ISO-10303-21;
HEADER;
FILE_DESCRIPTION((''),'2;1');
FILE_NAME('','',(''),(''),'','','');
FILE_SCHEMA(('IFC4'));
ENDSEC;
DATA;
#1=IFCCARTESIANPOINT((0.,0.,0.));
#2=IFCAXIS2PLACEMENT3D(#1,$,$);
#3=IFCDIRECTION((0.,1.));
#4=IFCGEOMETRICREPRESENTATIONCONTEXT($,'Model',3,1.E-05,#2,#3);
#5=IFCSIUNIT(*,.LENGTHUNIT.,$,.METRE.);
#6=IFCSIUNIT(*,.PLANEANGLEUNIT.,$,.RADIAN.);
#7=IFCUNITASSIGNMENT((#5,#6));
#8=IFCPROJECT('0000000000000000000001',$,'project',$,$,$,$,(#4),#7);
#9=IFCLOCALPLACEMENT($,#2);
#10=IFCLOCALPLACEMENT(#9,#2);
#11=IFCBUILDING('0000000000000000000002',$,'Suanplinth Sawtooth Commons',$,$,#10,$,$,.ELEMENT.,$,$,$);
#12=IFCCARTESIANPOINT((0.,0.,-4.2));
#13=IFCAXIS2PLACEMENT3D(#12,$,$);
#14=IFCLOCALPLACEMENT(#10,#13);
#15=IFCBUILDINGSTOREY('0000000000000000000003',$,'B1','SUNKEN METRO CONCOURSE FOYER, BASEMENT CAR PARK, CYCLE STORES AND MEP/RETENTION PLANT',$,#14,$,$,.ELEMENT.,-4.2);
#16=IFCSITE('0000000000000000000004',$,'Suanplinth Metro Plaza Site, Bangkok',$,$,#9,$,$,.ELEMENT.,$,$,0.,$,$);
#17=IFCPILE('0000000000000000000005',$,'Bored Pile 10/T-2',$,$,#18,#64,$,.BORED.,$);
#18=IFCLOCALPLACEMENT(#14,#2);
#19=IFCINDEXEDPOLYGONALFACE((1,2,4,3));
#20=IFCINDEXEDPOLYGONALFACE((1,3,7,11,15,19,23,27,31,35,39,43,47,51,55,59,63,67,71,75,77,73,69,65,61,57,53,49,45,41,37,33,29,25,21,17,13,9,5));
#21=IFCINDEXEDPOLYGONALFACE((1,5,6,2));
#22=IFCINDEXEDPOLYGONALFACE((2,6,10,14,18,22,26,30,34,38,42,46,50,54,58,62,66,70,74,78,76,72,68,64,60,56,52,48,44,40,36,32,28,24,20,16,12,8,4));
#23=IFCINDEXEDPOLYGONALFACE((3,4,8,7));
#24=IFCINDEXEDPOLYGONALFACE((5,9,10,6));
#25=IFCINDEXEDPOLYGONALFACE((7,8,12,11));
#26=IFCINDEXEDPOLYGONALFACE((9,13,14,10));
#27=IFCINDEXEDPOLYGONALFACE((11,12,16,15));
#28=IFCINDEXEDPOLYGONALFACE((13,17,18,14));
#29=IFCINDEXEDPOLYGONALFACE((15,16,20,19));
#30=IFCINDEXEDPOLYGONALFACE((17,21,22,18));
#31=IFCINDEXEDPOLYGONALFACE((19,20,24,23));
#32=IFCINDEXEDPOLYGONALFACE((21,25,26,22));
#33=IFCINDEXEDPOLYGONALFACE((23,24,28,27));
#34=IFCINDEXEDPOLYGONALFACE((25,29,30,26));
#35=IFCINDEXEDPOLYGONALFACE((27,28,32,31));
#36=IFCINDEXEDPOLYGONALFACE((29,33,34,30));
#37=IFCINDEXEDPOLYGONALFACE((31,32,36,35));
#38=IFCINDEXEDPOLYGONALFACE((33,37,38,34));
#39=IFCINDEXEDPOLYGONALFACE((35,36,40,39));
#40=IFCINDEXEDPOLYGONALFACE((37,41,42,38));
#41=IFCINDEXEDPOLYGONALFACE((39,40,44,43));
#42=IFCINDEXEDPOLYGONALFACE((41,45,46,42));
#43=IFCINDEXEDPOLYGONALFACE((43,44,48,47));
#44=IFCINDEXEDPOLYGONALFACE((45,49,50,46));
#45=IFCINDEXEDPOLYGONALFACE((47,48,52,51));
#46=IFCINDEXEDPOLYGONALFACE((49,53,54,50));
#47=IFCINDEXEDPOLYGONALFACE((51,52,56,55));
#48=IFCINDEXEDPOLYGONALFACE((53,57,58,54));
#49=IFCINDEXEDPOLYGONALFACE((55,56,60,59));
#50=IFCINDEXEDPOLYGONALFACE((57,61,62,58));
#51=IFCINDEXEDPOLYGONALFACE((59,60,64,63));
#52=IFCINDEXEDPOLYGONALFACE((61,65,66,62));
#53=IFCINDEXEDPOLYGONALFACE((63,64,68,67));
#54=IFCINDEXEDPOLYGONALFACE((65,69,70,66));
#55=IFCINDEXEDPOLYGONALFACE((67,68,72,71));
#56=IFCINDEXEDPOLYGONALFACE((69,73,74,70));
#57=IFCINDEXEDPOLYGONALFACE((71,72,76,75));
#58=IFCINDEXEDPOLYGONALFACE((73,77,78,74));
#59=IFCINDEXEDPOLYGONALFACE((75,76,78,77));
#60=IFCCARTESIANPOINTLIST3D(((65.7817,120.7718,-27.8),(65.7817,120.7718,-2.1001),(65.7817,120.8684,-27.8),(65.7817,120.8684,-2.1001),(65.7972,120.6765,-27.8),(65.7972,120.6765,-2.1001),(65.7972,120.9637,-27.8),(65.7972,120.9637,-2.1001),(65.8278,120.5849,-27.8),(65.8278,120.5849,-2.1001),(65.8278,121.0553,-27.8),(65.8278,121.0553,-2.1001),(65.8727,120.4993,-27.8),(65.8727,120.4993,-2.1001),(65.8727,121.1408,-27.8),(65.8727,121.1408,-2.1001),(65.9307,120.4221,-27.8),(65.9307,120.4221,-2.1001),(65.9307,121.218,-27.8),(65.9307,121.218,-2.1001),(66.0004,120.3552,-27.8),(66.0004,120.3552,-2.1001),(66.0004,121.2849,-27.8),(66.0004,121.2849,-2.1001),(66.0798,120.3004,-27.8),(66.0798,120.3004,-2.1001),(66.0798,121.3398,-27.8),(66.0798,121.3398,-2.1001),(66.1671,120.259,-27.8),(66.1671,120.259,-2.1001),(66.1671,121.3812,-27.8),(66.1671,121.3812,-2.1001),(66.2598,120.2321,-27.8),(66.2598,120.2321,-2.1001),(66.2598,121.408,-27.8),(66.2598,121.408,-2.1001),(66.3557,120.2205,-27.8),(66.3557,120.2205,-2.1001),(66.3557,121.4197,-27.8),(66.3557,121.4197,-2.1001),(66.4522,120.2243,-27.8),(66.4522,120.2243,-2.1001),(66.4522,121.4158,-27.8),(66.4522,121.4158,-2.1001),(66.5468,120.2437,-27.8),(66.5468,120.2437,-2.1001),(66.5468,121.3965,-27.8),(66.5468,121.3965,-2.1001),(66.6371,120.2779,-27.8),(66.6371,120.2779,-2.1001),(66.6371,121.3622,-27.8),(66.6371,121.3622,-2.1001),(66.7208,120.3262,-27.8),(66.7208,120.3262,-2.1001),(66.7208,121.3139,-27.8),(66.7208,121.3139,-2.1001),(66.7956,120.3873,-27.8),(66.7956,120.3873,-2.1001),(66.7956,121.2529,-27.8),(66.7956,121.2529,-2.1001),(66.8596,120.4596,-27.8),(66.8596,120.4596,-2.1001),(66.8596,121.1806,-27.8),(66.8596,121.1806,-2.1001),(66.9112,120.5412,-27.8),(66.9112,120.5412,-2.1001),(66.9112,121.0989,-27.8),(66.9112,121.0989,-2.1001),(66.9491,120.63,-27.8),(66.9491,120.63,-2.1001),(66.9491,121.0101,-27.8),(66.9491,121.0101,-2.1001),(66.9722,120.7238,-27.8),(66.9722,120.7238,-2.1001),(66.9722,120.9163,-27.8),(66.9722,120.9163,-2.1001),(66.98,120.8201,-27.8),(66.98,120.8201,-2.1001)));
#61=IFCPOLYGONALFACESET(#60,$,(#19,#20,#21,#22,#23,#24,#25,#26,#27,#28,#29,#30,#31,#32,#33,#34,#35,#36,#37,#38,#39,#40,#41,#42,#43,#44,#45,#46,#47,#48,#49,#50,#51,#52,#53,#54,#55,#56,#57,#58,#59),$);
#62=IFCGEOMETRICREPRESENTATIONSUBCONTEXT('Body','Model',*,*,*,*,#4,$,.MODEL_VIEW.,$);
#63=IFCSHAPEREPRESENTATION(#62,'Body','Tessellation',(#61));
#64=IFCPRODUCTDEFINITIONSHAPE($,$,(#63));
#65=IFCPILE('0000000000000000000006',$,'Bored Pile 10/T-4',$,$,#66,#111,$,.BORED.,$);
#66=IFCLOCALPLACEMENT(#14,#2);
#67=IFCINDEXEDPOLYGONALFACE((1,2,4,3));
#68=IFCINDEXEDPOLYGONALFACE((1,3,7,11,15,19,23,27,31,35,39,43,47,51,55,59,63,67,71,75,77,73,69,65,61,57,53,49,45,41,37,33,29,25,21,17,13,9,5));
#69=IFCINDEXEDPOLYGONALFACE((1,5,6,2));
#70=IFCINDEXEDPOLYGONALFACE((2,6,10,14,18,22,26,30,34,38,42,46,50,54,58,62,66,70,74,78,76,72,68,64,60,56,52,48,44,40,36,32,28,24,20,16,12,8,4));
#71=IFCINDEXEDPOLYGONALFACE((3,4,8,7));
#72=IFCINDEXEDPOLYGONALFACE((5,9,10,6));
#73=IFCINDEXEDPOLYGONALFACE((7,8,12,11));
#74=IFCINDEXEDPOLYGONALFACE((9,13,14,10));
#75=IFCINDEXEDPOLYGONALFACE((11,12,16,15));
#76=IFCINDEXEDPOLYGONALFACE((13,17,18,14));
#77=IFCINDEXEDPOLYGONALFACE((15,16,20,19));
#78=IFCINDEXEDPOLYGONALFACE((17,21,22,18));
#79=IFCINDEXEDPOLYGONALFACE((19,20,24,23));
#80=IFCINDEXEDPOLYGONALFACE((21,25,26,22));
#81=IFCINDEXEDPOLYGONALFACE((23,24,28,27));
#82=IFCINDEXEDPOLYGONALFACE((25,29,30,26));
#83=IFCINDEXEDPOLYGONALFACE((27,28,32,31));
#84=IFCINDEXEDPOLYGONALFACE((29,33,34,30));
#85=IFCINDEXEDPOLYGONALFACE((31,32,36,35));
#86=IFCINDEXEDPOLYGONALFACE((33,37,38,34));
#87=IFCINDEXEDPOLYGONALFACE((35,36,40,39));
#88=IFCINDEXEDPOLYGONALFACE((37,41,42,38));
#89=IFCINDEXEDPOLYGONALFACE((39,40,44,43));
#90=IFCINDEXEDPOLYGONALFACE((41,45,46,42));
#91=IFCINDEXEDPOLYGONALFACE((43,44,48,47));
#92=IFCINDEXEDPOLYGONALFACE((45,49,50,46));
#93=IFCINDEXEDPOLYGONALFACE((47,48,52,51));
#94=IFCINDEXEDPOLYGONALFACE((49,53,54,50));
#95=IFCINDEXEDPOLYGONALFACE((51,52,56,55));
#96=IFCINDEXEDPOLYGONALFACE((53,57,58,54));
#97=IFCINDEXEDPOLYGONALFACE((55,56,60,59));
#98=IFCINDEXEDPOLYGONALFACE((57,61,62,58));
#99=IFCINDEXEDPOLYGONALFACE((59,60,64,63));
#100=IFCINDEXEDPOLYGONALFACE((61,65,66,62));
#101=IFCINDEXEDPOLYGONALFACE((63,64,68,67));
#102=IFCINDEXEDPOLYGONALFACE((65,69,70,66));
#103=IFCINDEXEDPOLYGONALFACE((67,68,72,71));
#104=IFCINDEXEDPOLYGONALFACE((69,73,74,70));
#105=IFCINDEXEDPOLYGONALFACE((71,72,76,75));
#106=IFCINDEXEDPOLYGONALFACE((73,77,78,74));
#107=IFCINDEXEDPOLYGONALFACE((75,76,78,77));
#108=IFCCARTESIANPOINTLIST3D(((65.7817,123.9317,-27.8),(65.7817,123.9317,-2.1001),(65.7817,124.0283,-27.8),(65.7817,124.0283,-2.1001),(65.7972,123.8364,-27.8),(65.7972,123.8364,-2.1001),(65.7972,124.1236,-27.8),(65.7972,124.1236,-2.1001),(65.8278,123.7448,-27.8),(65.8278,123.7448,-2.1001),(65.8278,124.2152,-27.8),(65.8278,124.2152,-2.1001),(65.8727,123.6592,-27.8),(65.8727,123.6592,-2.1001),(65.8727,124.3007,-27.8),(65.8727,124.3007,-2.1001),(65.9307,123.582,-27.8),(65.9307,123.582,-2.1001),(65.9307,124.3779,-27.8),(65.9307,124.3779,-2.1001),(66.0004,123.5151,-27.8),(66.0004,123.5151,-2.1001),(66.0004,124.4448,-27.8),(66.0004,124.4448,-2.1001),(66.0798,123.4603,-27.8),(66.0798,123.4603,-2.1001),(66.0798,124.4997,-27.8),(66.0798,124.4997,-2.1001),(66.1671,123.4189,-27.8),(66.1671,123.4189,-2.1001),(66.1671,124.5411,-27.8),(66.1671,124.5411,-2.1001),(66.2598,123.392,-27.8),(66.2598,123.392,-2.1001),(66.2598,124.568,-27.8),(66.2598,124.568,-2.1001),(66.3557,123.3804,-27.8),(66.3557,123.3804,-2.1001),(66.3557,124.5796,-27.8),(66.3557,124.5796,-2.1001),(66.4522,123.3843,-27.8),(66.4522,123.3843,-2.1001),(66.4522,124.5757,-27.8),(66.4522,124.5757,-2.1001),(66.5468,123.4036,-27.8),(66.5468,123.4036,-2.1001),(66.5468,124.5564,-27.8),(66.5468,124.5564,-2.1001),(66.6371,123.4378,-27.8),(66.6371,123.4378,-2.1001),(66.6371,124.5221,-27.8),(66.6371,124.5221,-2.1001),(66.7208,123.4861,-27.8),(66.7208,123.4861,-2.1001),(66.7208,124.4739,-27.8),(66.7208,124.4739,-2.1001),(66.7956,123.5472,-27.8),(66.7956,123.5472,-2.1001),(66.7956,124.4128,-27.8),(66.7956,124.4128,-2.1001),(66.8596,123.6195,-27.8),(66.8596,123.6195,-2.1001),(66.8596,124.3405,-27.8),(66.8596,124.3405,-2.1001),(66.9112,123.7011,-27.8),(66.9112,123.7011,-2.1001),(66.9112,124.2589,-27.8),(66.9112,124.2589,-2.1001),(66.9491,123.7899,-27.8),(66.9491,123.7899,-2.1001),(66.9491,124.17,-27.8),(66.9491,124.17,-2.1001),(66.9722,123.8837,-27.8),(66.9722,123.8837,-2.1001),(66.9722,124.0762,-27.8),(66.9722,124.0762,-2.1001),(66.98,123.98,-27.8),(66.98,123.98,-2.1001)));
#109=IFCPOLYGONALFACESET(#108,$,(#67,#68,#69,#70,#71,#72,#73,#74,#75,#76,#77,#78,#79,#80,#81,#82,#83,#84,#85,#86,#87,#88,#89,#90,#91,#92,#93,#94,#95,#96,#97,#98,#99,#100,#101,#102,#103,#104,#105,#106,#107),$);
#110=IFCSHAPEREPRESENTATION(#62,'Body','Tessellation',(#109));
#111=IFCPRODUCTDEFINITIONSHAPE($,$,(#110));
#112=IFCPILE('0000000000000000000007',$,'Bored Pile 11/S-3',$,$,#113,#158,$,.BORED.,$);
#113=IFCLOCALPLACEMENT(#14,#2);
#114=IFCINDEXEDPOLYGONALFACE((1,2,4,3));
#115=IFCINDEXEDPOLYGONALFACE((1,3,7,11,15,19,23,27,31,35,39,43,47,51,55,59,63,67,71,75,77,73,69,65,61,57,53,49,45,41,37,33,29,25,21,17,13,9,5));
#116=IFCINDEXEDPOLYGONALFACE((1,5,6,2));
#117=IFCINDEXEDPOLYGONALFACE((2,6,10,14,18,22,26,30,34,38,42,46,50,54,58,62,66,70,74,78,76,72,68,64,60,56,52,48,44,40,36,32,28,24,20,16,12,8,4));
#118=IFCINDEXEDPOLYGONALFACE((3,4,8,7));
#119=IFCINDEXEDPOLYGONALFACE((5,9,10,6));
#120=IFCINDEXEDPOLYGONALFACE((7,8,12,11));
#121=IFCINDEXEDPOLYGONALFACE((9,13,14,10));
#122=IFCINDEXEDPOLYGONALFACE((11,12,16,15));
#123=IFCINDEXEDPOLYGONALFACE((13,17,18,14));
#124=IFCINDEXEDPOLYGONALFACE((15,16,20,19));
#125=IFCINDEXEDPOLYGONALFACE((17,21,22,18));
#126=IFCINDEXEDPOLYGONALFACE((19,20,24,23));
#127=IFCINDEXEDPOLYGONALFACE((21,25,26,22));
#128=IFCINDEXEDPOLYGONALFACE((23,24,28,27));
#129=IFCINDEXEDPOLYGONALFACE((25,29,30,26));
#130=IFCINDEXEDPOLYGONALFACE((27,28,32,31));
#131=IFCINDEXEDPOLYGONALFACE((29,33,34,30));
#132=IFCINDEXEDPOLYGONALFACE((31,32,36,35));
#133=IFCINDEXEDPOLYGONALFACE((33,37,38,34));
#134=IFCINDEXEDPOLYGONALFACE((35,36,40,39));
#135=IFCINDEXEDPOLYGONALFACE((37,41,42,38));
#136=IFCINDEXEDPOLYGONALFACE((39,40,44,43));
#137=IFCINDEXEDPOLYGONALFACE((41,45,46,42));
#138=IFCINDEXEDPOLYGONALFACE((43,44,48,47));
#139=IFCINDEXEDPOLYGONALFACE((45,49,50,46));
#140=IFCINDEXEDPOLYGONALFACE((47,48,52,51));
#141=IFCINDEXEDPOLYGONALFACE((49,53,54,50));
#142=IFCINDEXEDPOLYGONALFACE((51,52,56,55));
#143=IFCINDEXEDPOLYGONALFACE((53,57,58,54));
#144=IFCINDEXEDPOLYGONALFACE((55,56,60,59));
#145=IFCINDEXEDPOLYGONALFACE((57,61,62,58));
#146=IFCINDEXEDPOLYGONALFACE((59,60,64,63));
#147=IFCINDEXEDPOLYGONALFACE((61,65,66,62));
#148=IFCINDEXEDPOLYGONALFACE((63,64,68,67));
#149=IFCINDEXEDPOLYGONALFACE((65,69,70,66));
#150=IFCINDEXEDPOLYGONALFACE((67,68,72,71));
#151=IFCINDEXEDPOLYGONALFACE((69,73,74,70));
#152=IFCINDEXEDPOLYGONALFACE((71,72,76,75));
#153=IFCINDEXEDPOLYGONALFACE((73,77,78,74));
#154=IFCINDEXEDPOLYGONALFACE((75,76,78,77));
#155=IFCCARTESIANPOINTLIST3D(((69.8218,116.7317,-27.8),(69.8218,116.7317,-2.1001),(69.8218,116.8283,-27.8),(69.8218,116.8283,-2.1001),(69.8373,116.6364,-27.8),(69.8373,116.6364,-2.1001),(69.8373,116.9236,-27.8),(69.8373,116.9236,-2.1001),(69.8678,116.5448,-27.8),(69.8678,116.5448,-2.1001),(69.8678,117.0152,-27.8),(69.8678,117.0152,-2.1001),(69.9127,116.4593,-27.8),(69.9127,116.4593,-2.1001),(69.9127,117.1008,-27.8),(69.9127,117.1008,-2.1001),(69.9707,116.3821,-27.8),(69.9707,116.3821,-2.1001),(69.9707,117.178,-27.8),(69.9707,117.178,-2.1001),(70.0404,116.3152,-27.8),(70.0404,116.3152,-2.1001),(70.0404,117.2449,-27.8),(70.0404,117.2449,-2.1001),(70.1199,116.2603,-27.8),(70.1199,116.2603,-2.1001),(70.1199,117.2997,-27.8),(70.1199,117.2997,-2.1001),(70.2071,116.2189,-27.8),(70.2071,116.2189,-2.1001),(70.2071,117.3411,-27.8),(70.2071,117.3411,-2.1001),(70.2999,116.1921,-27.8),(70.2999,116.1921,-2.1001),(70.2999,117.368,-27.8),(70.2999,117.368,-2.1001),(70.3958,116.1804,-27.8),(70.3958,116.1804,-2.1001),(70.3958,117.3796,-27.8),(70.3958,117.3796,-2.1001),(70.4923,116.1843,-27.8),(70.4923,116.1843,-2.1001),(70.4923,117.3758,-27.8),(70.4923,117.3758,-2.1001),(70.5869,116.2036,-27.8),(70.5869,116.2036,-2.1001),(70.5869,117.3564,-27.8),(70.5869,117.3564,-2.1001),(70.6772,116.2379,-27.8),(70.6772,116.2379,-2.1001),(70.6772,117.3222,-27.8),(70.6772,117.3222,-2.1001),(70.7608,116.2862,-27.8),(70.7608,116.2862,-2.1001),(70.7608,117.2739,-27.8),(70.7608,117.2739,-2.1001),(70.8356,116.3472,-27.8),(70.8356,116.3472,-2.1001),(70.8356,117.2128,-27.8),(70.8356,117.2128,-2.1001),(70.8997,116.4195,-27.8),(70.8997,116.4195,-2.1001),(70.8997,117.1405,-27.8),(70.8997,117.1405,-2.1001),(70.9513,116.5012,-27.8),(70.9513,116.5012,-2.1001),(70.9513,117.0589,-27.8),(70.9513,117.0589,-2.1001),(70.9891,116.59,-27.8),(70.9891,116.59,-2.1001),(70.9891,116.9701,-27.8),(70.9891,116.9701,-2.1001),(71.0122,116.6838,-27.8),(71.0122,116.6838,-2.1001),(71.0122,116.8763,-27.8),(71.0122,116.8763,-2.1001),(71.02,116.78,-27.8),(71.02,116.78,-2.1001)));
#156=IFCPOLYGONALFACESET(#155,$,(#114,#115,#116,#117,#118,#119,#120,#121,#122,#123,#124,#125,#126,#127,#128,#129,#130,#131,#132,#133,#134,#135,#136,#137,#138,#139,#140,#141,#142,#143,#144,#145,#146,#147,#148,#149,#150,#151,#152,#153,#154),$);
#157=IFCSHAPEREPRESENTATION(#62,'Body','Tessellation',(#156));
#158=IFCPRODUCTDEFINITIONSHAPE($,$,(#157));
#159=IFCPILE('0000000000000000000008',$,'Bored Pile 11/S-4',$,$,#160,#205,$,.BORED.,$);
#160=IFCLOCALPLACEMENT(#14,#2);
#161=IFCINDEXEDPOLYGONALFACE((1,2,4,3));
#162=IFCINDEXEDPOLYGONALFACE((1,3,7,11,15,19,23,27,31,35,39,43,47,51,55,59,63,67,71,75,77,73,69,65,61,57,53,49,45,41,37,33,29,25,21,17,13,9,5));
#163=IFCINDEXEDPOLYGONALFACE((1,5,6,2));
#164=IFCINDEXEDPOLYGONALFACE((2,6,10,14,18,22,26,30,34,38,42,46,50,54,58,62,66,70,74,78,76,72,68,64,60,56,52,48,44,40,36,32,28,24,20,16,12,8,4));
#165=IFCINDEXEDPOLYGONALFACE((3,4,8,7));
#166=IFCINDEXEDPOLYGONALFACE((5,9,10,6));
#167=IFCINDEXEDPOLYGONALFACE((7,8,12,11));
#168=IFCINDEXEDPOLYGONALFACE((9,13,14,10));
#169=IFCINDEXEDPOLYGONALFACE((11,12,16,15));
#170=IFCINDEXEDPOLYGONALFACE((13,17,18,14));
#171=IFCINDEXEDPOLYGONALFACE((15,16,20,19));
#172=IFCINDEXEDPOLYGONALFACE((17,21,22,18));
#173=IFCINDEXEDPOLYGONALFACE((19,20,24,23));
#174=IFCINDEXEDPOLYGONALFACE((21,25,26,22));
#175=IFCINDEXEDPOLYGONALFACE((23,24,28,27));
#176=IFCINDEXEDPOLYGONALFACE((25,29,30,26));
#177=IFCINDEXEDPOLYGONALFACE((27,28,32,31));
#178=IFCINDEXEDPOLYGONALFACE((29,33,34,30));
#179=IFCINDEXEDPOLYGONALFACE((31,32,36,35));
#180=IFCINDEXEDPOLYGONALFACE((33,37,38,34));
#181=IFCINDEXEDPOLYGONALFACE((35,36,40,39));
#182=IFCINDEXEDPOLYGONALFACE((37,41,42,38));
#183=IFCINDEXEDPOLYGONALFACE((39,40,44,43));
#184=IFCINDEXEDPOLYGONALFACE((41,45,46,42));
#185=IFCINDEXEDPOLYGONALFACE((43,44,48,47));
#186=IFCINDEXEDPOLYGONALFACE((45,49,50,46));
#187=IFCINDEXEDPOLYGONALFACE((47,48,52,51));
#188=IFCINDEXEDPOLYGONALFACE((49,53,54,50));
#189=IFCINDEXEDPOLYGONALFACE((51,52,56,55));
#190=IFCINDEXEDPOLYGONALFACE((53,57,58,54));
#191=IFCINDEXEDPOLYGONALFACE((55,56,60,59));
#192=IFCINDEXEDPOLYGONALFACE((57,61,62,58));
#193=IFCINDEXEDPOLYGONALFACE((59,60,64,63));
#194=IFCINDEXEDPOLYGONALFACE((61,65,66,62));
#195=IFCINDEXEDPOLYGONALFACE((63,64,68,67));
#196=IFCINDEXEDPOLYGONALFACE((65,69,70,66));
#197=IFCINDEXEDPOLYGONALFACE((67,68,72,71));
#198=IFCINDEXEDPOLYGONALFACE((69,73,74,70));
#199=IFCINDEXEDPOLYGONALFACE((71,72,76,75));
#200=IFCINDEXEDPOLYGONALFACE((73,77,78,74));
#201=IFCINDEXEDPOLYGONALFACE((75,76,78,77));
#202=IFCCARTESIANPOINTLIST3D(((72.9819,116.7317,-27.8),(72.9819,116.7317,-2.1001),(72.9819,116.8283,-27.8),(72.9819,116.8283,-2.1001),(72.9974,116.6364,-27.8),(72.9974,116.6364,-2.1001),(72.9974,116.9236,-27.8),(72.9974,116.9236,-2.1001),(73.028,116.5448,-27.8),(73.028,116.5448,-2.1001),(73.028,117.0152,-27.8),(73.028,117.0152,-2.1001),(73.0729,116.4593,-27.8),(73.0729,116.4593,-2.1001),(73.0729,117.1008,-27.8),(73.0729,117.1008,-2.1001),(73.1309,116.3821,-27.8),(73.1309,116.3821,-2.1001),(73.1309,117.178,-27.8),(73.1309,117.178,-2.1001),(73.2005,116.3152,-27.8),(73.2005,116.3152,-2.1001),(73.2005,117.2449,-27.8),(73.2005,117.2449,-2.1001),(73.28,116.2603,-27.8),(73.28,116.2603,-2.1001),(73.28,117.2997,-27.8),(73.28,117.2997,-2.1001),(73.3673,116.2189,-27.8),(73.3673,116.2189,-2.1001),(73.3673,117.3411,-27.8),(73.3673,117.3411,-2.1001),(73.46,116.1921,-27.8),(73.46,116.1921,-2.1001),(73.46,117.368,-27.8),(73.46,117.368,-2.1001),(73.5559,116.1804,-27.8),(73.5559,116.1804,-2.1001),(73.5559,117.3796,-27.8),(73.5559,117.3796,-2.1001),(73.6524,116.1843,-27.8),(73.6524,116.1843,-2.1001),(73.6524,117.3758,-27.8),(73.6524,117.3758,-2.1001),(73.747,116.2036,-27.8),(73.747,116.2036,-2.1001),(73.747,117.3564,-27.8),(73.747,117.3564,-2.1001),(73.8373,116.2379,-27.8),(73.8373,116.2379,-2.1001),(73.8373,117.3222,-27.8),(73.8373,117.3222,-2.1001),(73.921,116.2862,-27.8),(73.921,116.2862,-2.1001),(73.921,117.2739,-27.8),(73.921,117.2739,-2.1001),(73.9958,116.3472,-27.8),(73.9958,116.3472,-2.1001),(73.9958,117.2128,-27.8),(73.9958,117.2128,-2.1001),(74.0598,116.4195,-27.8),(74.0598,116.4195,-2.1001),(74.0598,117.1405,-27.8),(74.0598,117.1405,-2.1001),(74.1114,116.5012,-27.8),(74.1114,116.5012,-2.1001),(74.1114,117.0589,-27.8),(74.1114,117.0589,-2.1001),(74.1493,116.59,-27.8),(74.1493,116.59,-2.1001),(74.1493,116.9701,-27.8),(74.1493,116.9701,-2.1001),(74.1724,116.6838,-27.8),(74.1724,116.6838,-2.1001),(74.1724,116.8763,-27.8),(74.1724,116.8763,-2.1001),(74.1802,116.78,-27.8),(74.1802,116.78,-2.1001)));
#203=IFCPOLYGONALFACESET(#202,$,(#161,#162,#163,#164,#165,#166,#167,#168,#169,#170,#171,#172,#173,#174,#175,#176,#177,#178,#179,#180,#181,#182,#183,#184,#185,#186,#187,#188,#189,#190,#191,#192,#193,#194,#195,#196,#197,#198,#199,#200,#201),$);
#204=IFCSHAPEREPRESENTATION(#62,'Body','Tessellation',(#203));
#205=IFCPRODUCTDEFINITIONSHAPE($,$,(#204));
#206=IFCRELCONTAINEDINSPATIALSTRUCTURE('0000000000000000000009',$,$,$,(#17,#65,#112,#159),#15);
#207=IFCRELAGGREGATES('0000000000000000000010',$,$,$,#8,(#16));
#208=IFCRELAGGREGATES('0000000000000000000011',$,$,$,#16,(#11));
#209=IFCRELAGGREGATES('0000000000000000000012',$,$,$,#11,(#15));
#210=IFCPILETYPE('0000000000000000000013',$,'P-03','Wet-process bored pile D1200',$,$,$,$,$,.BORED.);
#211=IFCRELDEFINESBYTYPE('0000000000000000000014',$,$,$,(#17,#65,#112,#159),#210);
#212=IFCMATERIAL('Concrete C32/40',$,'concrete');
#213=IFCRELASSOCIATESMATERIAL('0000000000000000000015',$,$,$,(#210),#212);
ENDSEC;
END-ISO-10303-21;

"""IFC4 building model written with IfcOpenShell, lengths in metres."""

from ifc_helpers import new_model, si_unit, direction, frame, origin, origin_2d, place, context, subcontext, project, spatial, circle, extrude, material, material_profile, profile_set, type_object, element, save


model = new_model("IFC4")

# Units and contexts
model_context = context("Model", 3, precision=1e-05, world=origin(), true_north=direction((0.0, 1.0)))
body_context = subcontext(model_context, "Body", "Model", "MODEL_VIEW")
ifc_project = project(units=[si_unit("LENGTHUNIT", "METRE"), si_unit("PLANEANGLEUNIT", "RADIAN")], contexts=[model_context])

# Site, building, storey
site_placement = place(None, origin())
site = spatial("IfcSite", under=ifc_project, at=site_placement, Name="Suanplinth Metro Plaza Site, Bangkok", CompositionType="ELEMENT", RefElevation=0.0)
building_placement = place(site_placement, origin())
building = spatial("IfcBuilding", under=site, at=building_placement, Name="Suanplinth Sawtooth Commons", CompositionType="ELEMENT")
storey_placement = place(building_placement, frame((0.0, 0.0, -4.2)))
storey = spatial("IfcBuildingStorey", under=building, at=storey_placement, Name="B1", Description="SUNKEN METRO CONCOURSE FOYER, BASEMENT CAR PARK, CYCLE STORES AND MEP/RETENTION PLANT", CompositionType="ELEMENT", Elevation=-4.2)

# Piles
ifc_material_1 = material(Name="Concrete C32/40", Category="concrete")
ifc_material_profile_1 = material_profile(ifc_material_1, circle(Radius=0.6001, at=origin_2d()), Name="PILE D1200")
ifc_profile_set_1 = profile_set([ifc_material_profile_1], Name="Concrete C32/40")
pile_type = type_object("IfcPileType", Name="P-03", Description="Wet-process bored pile D1200", PredefinedType="BORED", material=ifc_profile_set_1)
for number, where, z_axis, x_axis, name in (
    (1, (66.3799, 120.8201, -2.1001), (0.0, 0.0, -1.0), (1.0, 0.0, 0.0), "Bored Pile 10/T-2"),
    (2, (66.3799, 123.98, -2.1001), (0.0, 0.0, -1.0), (1.0, 0.0, 0.0), "Bored Pile 10/T-4"),
    (3, (70.4199, 116.78, -2.1001), (0.0, 0.0, -1.0), (1.0, 0.0, 0.0), "Bored Pile 11/S-3"),
    (4, (73.5801, 116.78, -2.1001), (0.0, 0.0, -1.0), (1.0, 0.0, 0.0), "Bored Pile 11/S-4"),
):
    element("IfcPile", number, at=place(storey_placement, frame(where, z_axis=z_axis, x_axis=x_axis)), inside=storey, type_object=pile_type, Name=name, PredefinedType="BORED", context=body_context, shape_type="SweptSolid", body=[
        extrude(circle(Radius=0.6001, at=origin_2d()), origin(), (0.0, 0.0, 1.0), 25.7),
    ])

save(model, "model.ifc")
